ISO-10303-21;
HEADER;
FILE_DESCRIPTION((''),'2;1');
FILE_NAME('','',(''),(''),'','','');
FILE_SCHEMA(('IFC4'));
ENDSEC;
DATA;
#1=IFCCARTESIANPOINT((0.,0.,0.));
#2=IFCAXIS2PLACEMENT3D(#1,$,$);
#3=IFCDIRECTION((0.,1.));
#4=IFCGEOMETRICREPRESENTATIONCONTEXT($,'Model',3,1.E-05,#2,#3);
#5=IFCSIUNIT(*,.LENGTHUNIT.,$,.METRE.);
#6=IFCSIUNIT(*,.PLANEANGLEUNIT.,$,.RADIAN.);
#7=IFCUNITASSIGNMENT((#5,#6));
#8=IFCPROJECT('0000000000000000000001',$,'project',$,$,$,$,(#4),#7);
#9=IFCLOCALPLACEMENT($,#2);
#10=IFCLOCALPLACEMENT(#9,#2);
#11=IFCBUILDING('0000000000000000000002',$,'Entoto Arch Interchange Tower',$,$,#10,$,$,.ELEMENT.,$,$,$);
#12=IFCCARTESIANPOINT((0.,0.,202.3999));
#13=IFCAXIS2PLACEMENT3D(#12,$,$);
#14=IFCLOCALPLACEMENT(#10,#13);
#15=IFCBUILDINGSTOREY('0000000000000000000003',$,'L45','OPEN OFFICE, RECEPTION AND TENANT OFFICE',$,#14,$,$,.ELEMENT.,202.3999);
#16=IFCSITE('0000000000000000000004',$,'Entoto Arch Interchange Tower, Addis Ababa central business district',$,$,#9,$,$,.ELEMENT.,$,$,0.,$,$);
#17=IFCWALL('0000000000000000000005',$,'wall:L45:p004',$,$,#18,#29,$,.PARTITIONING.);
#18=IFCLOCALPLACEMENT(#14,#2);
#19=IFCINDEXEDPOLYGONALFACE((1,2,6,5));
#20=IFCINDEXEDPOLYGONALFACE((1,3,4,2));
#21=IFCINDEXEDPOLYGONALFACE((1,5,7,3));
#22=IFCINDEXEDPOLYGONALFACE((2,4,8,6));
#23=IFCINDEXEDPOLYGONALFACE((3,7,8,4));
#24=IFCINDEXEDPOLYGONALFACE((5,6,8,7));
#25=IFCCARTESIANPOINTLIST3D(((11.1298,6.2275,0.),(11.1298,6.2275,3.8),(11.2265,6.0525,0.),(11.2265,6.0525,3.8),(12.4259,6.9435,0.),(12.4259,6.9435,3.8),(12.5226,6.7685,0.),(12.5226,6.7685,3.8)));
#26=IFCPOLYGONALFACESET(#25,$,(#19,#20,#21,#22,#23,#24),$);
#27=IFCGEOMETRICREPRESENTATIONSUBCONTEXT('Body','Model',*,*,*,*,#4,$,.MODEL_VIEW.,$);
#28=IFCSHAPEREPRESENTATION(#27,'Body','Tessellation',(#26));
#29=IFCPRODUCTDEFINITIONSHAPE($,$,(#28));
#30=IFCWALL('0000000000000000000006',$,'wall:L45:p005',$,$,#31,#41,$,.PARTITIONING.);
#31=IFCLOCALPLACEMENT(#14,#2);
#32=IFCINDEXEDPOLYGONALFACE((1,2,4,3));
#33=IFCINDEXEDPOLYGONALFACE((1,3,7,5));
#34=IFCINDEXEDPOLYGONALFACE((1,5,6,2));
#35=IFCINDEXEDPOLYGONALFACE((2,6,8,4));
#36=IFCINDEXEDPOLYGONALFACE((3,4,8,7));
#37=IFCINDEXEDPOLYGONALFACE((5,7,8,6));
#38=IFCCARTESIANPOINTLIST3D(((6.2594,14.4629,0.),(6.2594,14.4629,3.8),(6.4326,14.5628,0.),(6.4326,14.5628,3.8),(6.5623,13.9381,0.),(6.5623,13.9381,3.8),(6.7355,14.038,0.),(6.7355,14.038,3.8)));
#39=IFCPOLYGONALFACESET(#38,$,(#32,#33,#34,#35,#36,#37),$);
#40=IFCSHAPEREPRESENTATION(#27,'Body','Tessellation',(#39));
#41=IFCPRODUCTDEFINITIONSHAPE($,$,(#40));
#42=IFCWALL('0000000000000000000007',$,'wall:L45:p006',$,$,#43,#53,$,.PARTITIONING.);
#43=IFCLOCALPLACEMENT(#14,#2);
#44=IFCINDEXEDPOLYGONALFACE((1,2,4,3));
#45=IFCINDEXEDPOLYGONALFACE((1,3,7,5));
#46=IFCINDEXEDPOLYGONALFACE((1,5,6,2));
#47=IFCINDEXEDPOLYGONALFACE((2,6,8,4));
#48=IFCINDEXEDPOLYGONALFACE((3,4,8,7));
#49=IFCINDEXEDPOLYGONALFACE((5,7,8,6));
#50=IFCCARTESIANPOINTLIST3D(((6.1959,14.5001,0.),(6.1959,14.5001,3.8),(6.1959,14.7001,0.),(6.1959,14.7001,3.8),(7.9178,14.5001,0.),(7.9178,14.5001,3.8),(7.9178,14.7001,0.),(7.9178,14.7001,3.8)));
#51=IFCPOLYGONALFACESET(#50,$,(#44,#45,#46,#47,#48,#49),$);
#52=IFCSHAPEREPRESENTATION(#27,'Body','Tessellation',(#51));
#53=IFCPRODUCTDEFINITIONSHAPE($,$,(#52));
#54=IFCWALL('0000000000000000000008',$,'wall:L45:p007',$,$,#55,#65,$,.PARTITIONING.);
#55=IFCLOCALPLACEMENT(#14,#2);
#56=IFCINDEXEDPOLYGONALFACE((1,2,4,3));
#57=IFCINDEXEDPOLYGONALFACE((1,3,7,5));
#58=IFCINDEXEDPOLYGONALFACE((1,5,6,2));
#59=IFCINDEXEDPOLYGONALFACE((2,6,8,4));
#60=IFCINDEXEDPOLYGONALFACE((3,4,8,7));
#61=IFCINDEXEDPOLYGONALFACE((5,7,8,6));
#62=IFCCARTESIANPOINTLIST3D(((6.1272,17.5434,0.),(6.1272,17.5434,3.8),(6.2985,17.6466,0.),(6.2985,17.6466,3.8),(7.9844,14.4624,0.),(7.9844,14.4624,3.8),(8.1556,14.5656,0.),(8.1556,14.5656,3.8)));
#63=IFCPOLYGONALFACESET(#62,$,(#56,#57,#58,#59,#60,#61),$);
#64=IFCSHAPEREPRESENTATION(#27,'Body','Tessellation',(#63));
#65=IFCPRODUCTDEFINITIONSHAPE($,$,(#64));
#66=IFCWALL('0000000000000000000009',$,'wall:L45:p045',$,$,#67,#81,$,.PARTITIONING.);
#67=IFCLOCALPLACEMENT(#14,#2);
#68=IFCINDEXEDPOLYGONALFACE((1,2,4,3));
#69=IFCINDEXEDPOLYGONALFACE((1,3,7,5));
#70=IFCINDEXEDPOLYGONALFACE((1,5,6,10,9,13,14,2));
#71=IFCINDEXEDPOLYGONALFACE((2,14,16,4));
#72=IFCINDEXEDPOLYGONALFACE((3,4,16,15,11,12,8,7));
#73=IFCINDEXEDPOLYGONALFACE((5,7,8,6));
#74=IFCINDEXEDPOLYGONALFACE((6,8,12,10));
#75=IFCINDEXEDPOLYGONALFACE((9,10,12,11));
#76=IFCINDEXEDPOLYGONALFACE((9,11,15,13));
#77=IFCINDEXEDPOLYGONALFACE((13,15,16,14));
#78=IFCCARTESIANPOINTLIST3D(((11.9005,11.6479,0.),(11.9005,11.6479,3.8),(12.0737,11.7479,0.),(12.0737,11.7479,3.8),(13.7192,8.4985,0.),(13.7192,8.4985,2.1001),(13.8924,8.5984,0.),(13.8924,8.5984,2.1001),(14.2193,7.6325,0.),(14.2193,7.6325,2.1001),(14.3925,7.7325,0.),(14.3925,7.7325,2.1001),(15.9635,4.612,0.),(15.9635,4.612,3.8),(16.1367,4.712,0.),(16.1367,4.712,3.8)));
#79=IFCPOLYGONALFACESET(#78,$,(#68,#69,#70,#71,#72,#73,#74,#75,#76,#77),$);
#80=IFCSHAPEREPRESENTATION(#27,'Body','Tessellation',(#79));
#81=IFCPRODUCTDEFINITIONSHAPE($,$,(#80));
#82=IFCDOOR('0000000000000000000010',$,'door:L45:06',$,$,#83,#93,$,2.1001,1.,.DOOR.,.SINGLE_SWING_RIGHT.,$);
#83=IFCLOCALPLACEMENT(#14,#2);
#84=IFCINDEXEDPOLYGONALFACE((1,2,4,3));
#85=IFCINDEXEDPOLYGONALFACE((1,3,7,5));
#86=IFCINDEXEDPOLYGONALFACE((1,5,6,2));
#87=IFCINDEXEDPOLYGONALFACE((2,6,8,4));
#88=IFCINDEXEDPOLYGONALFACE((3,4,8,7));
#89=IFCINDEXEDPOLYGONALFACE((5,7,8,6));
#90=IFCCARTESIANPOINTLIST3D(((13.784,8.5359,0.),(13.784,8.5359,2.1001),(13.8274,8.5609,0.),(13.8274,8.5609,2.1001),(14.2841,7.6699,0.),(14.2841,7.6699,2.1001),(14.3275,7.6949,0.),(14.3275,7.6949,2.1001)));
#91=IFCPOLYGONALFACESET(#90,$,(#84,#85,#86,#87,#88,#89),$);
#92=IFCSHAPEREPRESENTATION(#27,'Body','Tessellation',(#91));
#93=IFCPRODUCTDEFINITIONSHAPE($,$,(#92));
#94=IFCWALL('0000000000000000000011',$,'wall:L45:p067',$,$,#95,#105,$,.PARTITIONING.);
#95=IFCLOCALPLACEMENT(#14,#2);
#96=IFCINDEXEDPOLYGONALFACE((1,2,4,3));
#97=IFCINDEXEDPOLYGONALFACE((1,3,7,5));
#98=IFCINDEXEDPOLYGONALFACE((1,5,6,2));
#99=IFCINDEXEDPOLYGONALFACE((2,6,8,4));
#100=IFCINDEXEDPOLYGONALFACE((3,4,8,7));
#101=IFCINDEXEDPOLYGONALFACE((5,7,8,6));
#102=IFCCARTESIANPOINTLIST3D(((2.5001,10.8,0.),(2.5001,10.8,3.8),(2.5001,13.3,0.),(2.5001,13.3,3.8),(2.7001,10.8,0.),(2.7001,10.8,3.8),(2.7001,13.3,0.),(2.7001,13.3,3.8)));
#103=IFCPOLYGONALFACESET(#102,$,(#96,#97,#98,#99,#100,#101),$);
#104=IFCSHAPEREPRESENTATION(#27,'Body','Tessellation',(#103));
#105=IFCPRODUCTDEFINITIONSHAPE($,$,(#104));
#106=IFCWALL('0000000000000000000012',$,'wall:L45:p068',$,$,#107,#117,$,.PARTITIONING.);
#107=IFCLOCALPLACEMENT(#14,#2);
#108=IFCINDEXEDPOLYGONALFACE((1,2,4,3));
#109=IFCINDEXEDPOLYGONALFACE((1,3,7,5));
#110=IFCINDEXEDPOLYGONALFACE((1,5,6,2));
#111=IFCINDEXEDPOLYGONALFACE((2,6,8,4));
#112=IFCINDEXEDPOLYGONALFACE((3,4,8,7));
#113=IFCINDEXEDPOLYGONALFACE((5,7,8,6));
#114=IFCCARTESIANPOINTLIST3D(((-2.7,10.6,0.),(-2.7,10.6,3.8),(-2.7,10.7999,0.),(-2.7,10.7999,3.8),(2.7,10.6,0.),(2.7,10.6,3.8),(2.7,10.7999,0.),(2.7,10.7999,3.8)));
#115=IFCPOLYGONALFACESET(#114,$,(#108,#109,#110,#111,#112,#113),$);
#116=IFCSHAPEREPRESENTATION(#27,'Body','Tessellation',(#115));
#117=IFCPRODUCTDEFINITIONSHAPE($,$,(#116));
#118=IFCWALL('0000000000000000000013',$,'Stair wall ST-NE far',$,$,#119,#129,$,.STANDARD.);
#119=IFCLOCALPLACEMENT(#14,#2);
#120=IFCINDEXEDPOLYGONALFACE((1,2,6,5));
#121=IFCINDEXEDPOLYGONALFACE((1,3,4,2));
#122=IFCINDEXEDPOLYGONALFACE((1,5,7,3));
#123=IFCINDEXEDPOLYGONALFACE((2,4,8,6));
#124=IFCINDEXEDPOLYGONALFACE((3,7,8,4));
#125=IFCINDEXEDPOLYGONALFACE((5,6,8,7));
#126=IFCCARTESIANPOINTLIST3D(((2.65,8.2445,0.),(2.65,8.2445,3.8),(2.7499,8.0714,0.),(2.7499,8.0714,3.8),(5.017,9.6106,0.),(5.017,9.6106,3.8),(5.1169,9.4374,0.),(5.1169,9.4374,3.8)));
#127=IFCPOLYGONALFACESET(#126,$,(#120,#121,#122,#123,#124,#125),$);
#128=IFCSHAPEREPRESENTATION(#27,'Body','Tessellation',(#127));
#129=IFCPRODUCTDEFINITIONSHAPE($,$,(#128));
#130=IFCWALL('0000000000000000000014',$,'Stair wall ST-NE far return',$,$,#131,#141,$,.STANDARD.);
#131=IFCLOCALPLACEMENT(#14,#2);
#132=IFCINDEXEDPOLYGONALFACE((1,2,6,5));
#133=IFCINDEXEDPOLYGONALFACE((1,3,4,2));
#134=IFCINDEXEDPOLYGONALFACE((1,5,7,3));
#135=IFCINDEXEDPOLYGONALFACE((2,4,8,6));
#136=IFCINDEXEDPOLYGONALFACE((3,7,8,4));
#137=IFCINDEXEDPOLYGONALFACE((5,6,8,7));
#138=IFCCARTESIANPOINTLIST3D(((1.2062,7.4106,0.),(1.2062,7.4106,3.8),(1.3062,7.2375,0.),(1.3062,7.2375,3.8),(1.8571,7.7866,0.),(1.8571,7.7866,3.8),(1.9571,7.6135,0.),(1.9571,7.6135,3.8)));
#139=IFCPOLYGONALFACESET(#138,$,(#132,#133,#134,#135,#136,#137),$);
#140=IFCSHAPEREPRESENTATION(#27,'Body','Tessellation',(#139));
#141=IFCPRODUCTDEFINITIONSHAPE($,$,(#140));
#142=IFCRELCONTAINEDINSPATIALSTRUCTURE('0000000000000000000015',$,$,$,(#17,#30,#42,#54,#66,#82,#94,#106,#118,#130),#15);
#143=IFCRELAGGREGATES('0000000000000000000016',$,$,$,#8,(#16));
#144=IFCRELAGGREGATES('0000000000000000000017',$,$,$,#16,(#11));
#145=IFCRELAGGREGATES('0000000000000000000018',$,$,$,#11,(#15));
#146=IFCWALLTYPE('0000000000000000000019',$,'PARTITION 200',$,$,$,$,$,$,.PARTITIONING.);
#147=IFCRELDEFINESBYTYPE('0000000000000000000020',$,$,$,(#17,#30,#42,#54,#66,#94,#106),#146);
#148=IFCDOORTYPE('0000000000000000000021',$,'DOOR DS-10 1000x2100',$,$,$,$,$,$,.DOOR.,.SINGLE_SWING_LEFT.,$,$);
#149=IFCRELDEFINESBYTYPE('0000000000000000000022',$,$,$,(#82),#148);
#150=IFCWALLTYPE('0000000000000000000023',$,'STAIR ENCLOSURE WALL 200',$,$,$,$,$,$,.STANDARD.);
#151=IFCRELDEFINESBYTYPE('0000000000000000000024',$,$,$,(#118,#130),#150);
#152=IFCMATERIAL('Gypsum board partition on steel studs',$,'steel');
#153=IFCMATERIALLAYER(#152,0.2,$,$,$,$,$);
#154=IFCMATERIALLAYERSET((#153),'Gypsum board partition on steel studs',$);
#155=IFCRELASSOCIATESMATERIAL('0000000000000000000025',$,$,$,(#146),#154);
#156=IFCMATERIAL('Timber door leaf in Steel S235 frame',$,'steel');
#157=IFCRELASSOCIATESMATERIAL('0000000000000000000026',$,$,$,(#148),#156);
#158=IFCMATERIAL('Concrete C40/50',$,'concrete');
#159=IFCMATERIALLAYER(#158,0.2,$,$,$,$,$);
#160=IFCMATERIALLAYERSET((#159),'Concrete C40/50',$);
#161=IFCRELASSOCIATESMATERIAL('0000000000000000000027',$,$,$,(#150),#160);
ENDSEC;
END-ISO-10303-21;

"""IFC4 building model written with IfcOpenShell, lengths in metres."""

from ifc_helpers import new_model, si_unit, direction, frame, frame_2d, origin, place, context, subcontext, project, spatial, rectangle, extrude, material, layer, layer_set, type_object, element, fill, save


model = new_model("IFC4")

# Units and contexts
model_context = context("Model", 3, precision=1e-05, world=origin(), true_north=direction((0.0, 1.0)))
body_context = subcontext(model_context, "Body", "Model", "MODEL_VIEW")
ifc_project = project(units=[si_unit("LENGTHUNIT", "METRE"), si_unit("PLANEANGLEUNIT", "RADIAN")], contexts=[model_context])

# Site, building, storey
site_placement = place(None, origin())
site = spatial("IfcSite", under=ifc_project, at=site_placement, Name="Entoto Arch Interchange Tower, Addis Ababa central business district", CompositionType="ELEMENT", RefElevation=0.0)
building_placement = place(site_placement, origin())
building = spatial("IfcBuilding", under=site, at=building_placement, Name="Entoto Arch Interchange Tower", CompositionType="ELEMENT")
storey_placement = place(building_placement, frame((0.0, 0.0, 202.3999)))
storey = spatial("IfcBuildingStorey", under=building, at=storey_placement, Name="L45", Description="OPEN OFFICE, RECEPTION AND TENANT OFFICE", CompositionType="ELEMENT", Elevation=202.3999)

# Shared definitions
ifc_material_1 = material(Name="Concrete C40/50", Category="concrete")

# Walls
ifc_material_2 = material(Name="Gypsum board partition on steel studs", Category="steel")
ifc_layer_1 = layer(ifc_material_2, 0.2)
ifc_layer_set_1 = layer_set([ifc_layer_1], Name="Gypsum board partition on steel studs")
wall_type_1 = type_object("IfcWallType", Name="PARTITION 200", PredefinedType="PARTITIONING", material=ifc_layer_set_1)
wall_1_placement = place(storey_placement, frame((12.4741, 6.856, 0.0), z_axis=(0.0, 0.0, 1.0), x_axis=(-0.875306, -0.48357, 0.0)))
element("IfcWall", 1, at=wall_1_placement, inside=storey, type_object=wall_type_1, Name="wall:L45:p004", PredefinedType="PARTITIONING", context=body_context, shape_type="SweptSolid", body=[
    extrude(rectangle(XDim=1.4807, YDim=0.2, at=frame_2d((0.7402, 0.0))), origin(), (0.0, 0.0, 1.0), 3.8),
])
wall_2_placement = place(storey_placement, frame((6.6489, 13.988, 0.0), z_axis=(0.0, 0.0, 1.0), x_axis=(-0.499908, 0.866078, 0.0)))
element("IfcWall", 2, at=wall_2_placement, inside=storey, type_object=wall_type_1, Name="wall:L45:p005", PredefinedType="PARTITIONING", context=body_context, shape_type="SweptSolid", body=[
    extrude(rectangle(XDim=0.606, YDim=0.2, at=frame_2d((0.303, 0.0))), origin(), (0.0, 0.0, 1.0), 3.8),
])
wall_3_placement = place(storey_placement, frame((6.196, 14.6001, 0.0), z_axis=(0.0, 0.0, 1.0), x_axis=(1.0, 0.0, 0.0)))
element("IfcWall", 3, at=wall_3_placement, inside=storey, type_object=wall_type_1, Name="wall:L45:p006", PredefinedType="PARTITIONING", context=body_context, shape_type="SweptSolid", body=[
    extrude(rectangle(XDim=1.7219, YDim=0.2, at=frame_2d((0.8608, 0.0))), origin(), (0.0, 0.0, 1.0), 3.8),
])
wall_4_placement = place(storey_placement, frame((8.0701, 14.5139, 0.0), z_axis=(0.0, 0.0, 1.0), x_axis=(-0.516241, 0.856443, 0.0)))
element("IfcWall", 4, at=wall_4_placement, inside=storey, type_object=wall_type_1, Name="wall:L45:p007", PredefinedType="PARTITIONING", context=body_context, shape_type="SweptSolid", body=[
    extrude(rectangle(XDim=3.5974, YDim=0.2, at=frame_2d((1.7988, 0.0))), origin(), (0.0, 0.0, 1.0), 3.8),
])

# Wall, opening, door
wall_5_placement = place(storey_placement, frame((11.9871, 11.698, 0.0), z_axis=(0.0, 0.0, 1.0), x_axis=(0.500075, -0.865982, 0.0)))
wall_5 = element("IfcWall", 5, at=wall_5_placement, inside=storey, type_object=wall_type_1, Name="wall:L45:p045", PredefinedType="PARTITIONING", context=body_context, shape_type="SweptSolid", body=[
    extrude(rectangle(XDim=8.1248, YDim=0.2, at=frame_2d((4.0625, 0.0))), origin(), (0.0, 0.0, 1.0), 3.8),
])
opening_1_placement = place(wall_5_placement, frame((3.637, 0.0, 0.0)))
opening_1 = element("IfcOpeningElement", 6, at=opening_1_placement, cuts=wall_5, PredefinedType="OPENING", context=body_context, shape_type="SweptSolid", body=[
    extrude(rectangle(XDim=1.0, YDim=2.1001, at=frame_2d((0.5, 1.05))), frame((0.0, 0.1099, 0.0), z_axis=(0.0, -1.0, 0.0), x_axis=(1.0, 0.0, 0.0)), (0.0, 0.0, 1.0), 0.22),
])
ifc_material_3 = material(Name="Timber door leaf in Steel S235 frame", Category="steel")
door_type_1 = type_object("IfcDoorType", Name="DOOR DS-10 1000x2100", OperationType="SINGLE_SWING_LEFT", PredefinedType="DOOR", material=ifc_material_3)
door_1_placement = place(opening_1_placement, origin())
door_1 = element("IfcDoor", 7, at=door_1_placement, inside=storey, type_object=door_type_1, Name="door:L45:06", OperationType="SINGLE_SWING_RIGHT", OverallHeight=2.1001, OverallWidth=1.0, PredefinedType="DOOR", context=body_context, shape_type="SweptSolid", body=[
    extrude(rectangle(XDim=1.0, YDim=2.1001, at=frame_2d((0.5, 1.05))), frame((0.0, 0.0249, 0.0), z_axis=(0.0, -1.0, 0.0), x_axis=(1.0, 0.0, 0.0)), (0.0, 0.0, 1.0), 0.05),
])
fill(opening_1, door_1)

# Walls
wall_6_placement = place(storey_placement, frame((2.6001, 13.3, 0.0), z_axis=(0.0, 0.0, 1.0), x_axis=(0.0, -1.0, 0.0)))
element("IfcWall", 8, at=wall_6_placement, inside=storey, type_object=wall_type_1, Name="wall:L45:p067", PredefinedType="PARTITIONING", context=body_context, shape_type="SweptSolid", body=[
    extrude(rectangle(XDim=2.5, YDim=0.2, at=frame_2d((1.25, 0.0))), origin(), (0.0, 0.0, 1.0), 3.8),
])
wall_7_placement = place(storey_placement, frame((2.7, 10.7, 0.0), z_axis=(0.0, 0.0, 1.0), x_axis=(-1.0, 0.0, 0.0)))
element("IfcWall", 9, at=wall_7_placement, inside=storey, type_object=wall_type_1, Name="wall:L45:p068", PredefinedType="PARTITIONING", context=body_context, shape_type="SweptSolid", body=[
    extrude(rectangle(XDim=5.3999, YDim=0.2, at=frame_2d((2.7, 0.0))), origin(), (0.0, 0.0, 1.0), 3.8),
])
ifc_layer_2 = layer(ifc_material_1, 0.2)
ifc_layer_set_2 = layer_set([ifc_layer_2], Name="Concrete C40/50")
wall_type_2 = type_object("IfcWallType", Name="STAIR ENCLOSURE WALL 200", PredefinedType="STANDARD", material=ifc_layer_set_2)
wall_8_placement = place(storey_placement, frame((2.7, 8.158, 0.0), z_axis=(0.0, 0.0, 1.0), x_axis=(0.866119, 0.499838, 0.0)))
element("IfcWall", 10, at=wall_8_placement, inside=storey, type_object=wall_type_2, Name="Stair wall ST-NE far", PredefinedType="STANDARD", context=body_context, shape_type="SweptSolid", body=[
    extrude(rectangle(XDim=2.7329, YDim=0.2, at=frame_2d((1.3665, 0.0))), origin(), (0.0, 0.0, 1.0), 3.8),
])
wall_9_placement = place(storey_placement, frame((1.2561, 7.324, 0.0), z_axis=(0.0, 0.0, 1.0), x_axis=(0.865915, 0.500191, 0.0)))
element("IfcWall", 11, at=wall_9_placement, inside=storey, type_object=wall_type_2, Name="Stair wall ST-NE far return", PredefinedType="STANDARD", context=body_context, shape_type="SweptSolid", body=[
    extrude(rectangle(XDim=0.7517, YDim=0.2, at=frame_2d((0.376, 0.0))), origin(), (0.0, 0.0, 1.0), 3.8),
])

save(model, "model.ifc")
